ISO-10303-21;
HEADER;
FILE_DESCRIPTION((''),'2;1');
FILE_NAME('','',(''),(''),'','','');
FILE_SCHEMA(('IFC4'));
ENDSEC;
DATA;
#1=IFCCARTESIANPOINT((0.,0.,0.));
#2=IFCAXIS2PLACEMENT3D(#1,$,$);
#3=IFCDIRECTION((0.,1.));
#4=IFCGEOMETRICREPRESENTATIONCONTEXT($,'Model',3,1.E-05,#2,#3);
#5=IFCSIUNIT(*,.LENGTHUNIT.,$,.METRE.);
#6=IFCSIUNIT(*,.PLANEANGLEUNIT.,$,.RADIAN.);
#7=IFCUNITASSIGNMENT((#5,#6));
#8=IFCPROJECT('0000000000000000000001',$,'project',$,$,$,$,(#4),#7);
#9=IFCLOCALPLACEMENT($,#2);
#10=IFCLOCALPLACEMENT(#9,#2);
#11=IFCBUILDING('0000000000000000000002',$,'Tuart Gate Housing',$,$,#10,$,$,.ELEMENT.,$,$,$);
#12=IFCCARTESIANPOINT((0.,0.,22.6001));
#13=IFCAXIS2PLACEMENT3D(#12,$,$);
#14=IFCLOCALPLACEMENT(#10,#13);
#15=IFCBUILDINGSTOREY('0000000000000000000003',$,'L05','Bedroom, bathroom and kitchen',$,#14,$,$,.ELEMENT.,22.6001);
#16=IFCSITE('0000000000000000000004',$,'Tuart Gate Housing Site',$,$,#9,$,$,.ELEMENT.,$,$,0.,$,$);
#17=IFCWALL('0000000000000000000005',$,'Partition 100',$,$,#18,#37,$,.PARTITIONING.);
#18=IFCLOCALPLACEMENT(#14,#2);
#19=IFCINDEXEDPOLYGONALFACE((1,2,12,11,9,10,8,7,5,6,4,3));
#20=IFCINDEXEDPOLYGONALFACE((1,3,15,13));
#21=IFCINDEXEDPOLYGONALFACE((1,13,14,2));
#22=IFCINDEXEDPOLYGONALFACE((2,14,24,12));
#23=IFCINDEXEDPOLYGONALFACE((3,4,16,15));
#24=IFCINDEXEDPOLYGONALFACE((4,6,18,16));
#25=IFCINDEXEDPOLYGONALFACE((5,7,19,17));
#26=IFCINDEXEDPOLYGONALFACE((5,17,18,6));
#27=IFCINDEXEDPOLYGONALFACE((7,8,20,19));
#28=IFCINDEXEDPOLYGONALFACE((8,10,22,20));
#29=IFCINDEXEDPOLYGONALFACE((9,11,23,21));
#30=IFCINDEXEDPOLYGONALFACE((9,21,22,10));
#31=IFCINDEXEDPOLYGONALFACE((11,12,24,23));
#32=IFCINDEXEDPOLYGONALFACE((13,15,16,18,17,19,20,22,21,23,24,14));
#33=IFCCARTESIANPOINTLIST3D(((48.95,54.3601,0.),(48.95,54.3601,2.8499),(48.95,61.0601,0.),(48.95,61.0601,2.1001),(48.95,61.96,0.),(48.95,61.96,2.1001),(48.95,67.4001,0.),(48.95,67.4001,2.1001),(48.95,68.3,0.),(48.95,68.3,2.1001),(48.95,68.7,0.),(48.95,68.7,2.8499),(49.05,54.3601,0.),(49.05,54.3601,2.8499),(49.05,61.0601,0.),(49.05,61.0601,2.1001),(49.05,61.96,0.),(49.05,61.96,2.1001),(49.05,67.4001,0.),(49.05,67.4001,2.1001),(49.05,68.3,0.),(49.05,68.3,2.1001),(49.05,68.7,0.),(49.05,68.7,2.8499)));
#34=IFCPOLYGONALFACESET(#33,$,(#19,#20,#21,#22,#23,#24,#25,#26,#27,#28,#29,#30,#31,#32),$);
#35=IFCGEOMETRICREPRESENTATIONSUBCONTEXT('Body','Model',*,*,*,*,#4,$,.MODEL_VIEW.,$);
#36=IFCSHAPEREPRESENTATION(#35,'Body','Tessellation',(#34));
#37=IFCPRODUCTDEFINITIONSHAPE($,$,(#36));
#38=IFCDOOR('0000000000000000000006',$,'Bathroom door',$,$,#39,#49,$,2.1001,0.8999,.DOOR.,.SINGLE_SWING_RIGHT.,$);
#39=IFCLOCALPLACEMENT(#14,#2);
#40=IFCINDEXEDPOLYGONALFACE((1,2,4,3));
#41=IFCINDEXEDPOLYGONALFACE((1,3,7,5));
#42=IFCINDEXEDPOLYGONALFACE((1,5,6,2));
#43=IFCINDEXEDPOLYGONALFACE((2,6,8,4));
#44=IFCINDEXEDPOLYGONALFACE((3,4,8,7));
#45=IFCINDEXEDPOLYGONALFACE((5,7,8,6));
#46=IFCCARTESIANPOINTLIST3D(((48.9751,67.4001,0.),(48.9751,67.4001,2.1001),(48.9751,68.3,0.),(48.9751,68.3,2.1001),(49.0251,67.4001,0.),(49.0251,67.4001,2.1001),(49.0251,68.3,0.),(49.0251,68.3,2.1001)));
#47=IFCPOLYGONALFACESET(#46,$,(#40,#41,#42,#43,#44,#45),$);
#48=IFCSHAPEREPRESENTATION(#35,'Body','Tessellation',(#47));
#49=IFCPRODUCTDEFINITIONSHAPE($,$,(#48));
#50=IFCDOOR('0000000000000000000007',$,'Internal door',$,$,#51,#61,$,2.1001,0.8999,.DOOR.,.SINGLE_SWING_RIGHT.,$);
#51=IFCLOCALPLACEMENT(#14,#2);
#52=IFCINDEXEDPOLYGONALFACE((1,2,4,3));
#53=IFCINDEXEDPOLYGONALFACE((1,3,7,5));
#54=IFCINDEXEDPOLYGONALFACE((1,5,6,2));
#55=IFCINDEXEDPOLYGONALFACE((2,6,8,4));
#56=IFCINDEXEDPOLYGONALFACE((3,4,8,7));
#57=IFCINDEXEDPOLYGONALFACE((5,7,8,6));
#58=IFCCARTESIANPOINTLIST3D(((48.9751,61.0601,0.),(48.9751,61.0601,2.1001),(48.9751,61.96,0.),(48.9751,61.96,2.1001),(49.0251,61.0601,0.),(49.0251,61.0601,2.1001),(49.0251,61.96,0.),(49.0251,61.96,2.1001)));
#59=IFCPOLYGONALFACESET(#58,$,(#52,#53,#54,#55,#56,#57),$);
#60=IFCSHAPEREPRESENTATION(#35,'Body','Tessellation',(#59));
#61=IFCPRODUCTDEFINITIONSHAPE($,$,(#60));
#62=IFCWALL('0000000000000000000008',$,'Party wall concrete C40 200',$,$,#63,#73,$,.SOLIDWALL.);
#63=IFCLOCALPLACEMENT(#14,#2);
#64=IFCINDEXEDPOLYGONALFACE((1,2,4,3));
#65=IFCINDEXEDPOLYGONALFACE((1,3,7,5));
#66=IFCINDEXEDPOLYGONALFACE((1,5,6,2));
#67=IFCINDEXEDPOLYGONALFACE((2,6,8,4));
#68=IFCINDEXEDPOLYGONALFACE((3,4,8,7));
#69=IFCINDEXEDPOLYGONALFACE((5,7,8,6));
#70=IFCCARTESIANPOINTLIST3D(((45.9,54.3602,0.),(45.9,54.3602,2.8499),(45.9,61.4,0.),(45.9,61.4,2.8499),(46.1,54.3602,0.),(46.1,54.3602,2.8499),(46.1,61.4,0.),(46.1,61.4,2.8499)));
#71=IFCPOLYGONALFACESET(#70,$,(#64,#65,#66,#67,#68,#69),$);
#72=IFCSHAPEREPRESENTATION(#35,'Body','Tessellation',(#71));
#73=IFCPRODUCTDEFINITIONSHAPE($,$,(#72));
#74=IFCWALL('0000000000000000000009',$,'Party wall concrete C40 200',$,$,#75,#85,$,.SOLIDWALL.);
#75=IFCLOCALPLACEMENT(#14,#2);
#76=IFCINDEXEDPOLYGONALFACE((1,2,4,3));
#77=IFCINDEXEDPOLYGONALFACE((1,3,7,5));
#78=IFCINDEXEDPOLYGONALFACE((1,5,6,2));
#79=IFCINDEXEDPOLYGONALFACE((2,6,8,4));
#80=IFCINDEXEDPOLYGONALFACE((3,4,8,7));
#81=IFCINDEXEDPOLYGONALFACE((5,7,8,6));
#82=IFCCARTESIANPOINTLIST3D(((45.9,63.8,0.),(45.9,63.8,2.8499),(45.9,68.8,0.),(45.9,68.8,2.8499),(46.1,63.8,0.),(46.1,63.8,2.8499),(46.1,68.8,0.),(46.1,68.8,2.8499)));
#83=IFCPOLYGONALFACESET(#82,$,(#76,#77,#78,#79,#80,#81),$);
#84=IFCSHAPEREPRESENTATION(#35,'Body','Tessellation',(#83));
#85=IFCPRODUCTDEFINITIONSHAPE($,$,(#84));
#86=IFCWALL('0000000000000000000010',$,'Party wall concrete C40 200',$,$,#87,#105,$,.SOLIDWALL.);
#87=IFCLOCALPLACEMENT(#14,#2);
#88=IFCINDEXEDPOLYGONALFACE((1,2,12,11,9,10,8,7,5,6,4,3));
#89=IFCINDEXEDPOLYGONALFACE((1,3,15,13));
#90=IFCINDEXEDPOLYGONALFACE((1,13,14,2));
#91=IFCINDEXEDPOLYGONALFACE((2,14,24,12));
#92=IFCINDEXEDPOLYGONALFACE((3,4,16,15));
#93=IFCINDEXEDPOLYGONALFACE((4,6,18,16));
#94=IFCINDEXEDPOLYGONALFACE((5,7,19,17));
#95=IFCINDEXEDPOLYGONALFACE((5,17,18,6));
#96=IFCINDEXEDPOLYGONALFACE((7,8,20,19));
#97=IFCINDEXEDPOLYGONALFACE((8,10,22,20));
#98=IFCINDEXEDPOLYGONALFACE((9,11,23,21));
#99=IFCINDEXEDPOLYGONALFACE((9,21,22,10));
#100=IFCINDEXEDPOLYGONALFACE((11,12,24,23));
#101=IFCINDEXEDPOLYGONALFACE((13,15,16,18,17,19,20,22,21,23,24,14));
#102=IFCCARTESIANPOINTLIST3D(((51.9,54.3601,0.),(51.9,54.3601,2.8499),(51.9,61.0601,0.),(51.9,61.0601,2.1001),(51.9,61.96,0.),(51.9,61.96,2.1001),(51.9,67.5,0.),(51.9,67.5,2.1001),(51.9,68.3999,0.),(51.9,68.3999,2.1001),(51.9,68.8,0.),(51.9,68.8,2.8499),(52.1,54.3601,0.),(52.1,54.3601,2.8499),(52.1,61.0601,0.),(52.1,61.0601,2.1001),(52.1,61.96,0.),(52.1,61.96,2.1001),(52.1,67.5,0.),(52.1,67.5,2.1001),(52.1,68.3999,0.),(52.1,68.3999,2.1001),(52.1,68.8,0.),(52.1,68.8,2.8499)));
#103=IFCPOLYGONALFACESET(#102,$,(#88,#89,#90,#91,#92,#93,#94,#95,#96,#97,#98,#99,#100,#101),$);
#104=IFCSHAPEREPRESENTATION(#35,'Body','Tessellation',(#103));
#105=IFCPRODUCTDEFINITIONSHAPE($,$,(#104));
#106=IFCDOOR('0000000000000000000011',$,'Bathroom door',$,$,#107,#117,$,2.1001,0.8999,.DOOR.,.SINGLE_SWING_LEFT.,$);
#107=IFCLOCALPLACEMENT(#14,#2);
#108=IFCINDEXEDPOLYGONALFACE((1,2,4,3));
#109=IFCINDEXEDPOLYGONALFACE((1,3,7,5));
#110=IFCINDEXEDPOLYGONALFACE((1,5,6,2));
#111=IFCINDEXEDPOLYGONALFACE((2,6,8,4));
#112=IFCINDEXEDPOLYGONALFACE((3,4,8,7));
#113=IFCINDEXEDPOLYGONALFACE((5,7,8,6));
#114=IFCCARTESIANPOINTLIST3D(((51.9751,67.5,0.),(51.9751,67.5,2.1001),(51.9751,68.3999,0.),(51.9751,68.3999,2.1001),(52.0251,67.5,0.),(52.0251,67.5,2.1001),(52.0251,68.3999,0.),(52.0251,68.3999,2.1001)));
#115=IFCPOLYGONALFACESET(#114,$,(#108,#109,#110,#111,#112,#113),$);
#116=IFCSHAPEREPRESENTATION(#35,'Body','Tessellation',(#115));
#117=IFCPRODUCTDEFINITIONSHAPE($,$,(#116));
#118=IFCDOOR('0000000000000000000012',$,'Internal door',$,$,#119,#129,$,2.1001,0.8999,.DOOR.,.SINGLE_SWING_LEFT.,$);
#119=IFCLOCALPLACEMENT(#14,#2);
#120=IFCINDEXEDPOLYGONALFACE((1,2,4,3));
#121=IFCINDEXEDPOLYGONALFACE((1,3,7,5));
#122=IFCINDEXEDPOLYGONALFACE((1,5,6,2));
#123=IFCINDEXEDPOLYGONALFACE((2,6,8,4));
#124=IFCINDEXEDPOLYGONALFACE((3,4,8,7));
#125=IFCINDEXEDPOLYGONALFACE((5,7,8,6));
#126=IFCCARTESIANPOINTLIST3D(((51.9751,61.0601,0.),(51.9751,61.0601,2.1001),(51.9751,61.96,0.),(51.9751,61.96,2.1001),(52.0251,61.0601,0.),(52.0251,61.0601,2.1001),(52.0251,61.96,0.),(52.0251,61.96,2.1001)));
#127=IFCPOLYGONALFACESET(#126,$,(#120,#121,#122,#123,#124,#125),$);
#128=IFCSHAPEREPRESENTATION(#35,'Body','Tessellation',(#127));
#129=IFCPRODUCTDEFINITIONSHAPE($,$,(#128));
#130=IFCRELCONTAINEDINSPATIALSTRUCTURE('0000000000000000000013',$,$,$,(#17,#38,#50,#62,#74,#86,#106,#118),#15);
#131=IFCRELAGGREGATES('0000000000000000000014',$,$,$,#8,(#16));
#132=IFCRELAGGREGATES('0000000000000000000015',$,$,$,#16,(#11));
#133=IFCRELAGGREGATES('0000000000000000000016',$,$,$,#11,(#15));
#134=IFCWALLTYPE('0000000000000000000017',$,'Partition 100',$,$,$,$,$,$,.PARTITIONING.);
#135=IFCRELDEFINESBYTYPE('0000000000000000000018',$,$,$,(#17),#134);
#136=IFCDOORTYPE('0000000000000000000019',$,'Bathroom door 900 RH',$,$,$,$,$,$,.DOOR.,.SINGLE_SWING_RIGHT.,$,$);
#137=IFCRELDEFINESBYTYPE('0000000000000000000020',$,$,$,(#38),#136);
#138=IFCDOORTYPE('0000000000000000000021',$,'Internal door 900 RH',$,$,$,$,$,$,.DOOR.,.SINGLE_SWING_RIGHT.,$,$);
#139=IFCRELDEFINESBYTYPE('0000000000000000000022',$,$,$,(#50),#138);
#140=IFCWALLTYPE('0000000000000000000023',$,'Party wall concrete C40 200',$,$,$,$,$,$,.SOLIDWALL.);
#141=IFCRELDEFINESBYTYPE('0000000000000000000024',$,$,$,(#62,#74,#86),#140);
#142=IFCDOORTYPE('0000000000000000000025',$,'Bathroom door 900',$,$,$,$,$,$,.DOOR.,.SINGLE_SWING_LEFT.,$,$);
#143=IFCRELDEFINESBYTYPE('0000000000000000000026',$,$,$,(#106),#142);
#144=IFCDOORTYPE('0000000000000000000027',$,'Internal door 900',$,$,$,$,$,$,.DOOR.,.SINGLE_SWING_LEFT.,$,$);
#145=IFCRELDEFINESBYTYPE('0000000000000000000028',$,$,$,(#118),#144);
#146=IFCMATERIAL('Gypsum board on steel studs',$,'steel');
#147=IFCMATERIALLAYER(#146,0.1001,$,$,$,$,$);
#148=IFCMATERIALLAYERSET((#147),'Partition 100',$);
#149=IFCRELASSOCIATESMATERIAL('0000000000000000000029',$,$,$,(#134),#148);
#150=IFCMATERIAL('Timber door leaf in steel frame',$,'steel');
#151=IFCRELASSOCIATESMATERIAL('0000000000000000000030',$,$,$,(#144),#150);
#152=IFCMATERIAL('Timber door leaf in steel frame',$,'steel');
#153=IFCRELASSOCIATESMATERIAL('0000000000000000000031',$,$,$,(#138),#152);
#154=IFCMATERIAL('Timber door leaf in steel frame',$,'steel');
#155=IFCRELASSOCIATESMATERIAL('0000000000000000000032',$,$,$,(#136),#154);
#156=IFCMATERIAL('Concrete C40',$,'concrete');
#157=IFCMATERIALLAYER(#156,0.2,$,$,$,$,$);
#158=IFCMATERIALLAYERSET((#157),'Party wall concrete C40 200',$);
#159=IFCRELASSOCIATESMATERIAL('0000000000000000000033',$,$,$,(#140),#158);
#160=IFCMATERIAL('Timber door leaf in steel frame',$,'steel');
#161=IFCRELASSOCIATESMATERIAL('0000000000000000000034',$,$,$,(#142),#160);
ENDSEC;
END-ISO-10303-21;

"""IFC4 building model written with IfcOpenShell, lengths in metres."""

from ifc_helpers import new_model, si_unit, direction, frame, frame_2d, origin, place, context, subcontext, project, spatial, rectangle, extrude, material, layer, layer_set, type_object, element, fill, save


model = new_model("IFC4")

# Units and contexts
model_context = context("Model", 3, precision=1e-05, world=origin(), true_north=direction((0.0, 1.0)))
body_context = subcontext(model_context, "Body", "Model", "MODEL_VIEW")
ifc_project = project(units=[si_unit("LENGTHUNIT", "METRE"), si_unit("PLANEANGLEUNIT", "RADIAN")], contexts=[model_context])

# Site, building, storey
site_placement = place(None, origin())
site = spatial("IfcSite", under=ifc_project, at=site_placement, Name="Tuart Gate Housing Site", CompositionType="ELEMENT", RefElevation=0.0)
building_placement = place(site_placement, origin())
building = spatial("IfcBuilding", under=site, at=building_placement, Name="Tuart Gate Housing", CompositionType="ELEMENT")
storey_placement = place(building_placement, frame((0.0, 0.0, 22.6001)))
storey = spatial("IfcBuildingStorey", under=building, at=storey_placement, Name="L05", Description="Bedroom, bathroom and kitchen", CompositionType="ELEMENT", Elevation=22.6001)

# Shared definitions
ifc_material_1 = material(Name="Gypsum board on steel studs", Category="steel")
ifc_layer_1 = layer(ifc_material_1, 0.1001)
ifc_layer_set_1 = layer_set([ifc_layer_1], Name="Partition 100")
wall_type_1 = type_object("IfcWallType", Name="Partition 100", PredefinedType="PARTITIONING", material=ifc_layer_set_1)
ifc_material_2 = material(Name="Timber door leaf in steel frame", Category="steel")
door_type_1 = type_object("IfcDoorType", Name="Internal door 900", OperationType="SINGLE_SWING_LEFT", PredefinedType="DOOR", material=ifc_material_2)
ifc_material_3 = material(Name="Timber door leaf in steel frame", Category="steel")
door_type_2 = type_object("IfcDoorType", Name="Internal door 900 RH", OperationType="SINGLE_SWING_RIGHT", PredefinedType="DOOR", material=ifc_material_3)

# Wall, openings, doors
wall_1_placement = place(storey_placement, frame((49.0, 54.3601, 0.0), z_axis=(0.0, 0.0, 1.0), x_axis=(0.0, 1.0, 0.0)))
wall_1 = element("IfcWall", 1, at=wall_1_placement, inside=storey, type_object=wall_type_1, Name="Partition 100", PredefinedType="PARTITIONING", context=body_context, shape_type="SweptSolid", body=[
    extrude(rectangle(XDim=14.3398, YDim=0.1001, at=frame_2d((7.1699, 0.0))), origin(), (0.0, 0.0, 1.0), 2.8499),
])
opening_1_placement = place(wall_1_placement, frame((6.7, 0.0, 0.0)))
opening_1 = element("IfcOpeningElement", 2, at=opening_1_placement, cuts=wall_1, PredefinedType="OPENING", context=body_context, shape_type="SweptSolid", body=[
    extrude(rectangle(XDim=0.8999, YDim=2.1001, at=frame_2d((0.45, 1.05))), frame((0.0, 0.0601, 0.0), z_axis=(0.0, -1.0, 0.0), x_axis=(1.0, 0.0, 0.0)), (0.0, 0.0, 1.0), 0.1201),
])
opening_2_placement = place(wall_1_placement, frame((13.04, 0.0, 0.0)))
opening_2 = element("IfcOpeningElement", 3, at=opening_2_placement, cuts=wall_1, PredefinedType="OPENING", context=body_context, shape_type="SweptSolid", body=[
    extrude(rectangle(XDim=0.8999, YDim=2.1001, at=frame_2d((0.45, 1.05))), frame((0.0, 0.0601, 0.0), z_axis=(0.0, -1.0, 0.0), x_axis=(1.0, 0.0, 0.0)), (0.0, 0.0, 1.0), 0.1201),
])
ifc_material_4 = material(Name="Timber door leaf in steel frame", Category="steel")
door_type_3 = type_object("IfcDoorType", Name="Bathroom door 900 RH", OperationType="SINGLE_SWING_RIGHT", PredefinedType="DOOR", material=ifc_material_4)
door_1_placement = place(opening_2_placement, origin())
door_1 = element("IfcDoor", 4, at=door_1_placement, inside=storey, type_object=door_type_3, Name="Bathroom door", OperationType="SINGLE_SWING_RIGHT", OverallHeight=2.1001, OverallWidth=0.8999, PredefinedType="DOOR", context=body_context, shape_type="SweptSolid", body=[
    extrude(rectangle(XDim=0.8999, YDim=2.1001, at=frame_2d((0.45, 1.05))), frame((0.0, 0.0249, 0.0), z_axis=(0.0, -1.0, 0.0), x_axis=(1.0, 0.0, 0.0)), (0.0, 0.0, 1.0), 0.05),
])
fill(opening_2, door_1)
door_2_placement = place(opening_1_placement, origin())
door_2 = element("IfcDoor", 5, at=door_2_placement, inside=storey, type_object=door_type_2, Name="Internal door", OperationType="SINGLE_SWING_RIGHT", OverallHeight=2.1001, OverallWidth=0.8999, PredefinedType="DOOR", context=body_context, shape_type="SweptSolid", body=[
    extrude(rectangle(XDim=0.8999, YDim=2.1001, at=frame_2d((0.45, 1.05))), frame((0.0, 0.0249, 0.0), z_axis=(0.0, -1.0, 0.0), x_axis=(1.0, 0.0, 0.0)), (0.0, 0.0, 1.0), 0.05),
])
fill(opening_1, door_2)

# Walls
ifc_material_5 = material(Name="Concrete C40", Category="concrete")
ifc_layer_2 = layer(ifc_material_5, 0.2)
ifc_layer_set_2 = layer_set([ifc_layer_2], Name="Party wall concrete C40 200")
wall_type_2 = type_object("IfcWallType", Name="Party wall concrete C40 200", PredefinedType="SOLIDWALL", material=ifc_layer_set_2)
wall_2_placement = place(storey_placement, frame((46.0, 54.3601, 0.0), z_axis=(0.0, 0.0, 1.0), x_axis=(0.0, 1.0, 0.0)))
element("IfcWall", 6, at=wall_2_placement, inside=storey, type_object=wall_type_2, Name="Party wall concrete C40 200", PredefinedType="SOLIDWALL", context=body_context, shape_type="SweptSolid", body=[
    extrude(rectangle(XDim=7.0398, YDim=0.2, at=frame_2d((3.52, 0.0))), origin(), (0.0, 0.0, 1.0), 2.8499),
])
wall_3_placement = place(storey_placement, frame((46.0, 63.8, 0.0), z_axis=(0.0, 0.0, 1.0), x_axis=(0.0, 1.0, 0.0)))
element("IfcWall", 7, at=wall_3_placement, inside=storey, type_object=wall_type_2, Name="Party wall concrete C40 200", PredefinedType="SOLIDWALL", context=body_context, shape_type="SweptSolid", body=[
    extrude(rectangle(XDim=5.0, YDim=0.2, at=frame_2d((2.5, 0.0))), origin(), (0.0, 0.0, 1.0), 2.8499),
])

# Wall, openings, doors
wall_4_placement = place(storey_placement, frame((52.0, 54.3601, 0.0), z_axis=(0.0, 0.0, 1.0), x_axis=(0.0, 1.0, 0.0)))
wall_4 = element("IfcWall", 8, at=wall_4_placement, inside=storey, type_object=wall_type_2, Name="Party wall concrete C40 200", PredefinedType="SOLIDWALL", context=body_context, shape_type="SweptSolid", body=[
    extrude(rectangle(XDim=14.4399, YDim=0.2, at=frame_2d((7.22, 0.0))), origin(), (0.0, 0.0, 1.0), 2.8499),
])
opening_3_placement = place(wall_4_placement, frame((6.7, 0.0, 0.0)))
opening_3 = element("IfcOpeningElement", 9, at=opening_3_placement, cuts=wall_4, PredefinedType="OPENING", context=body_context, shape_type="SweptSolid", body=[
    extrude(rectangle(XDim=0.8999, YDim=2.1001, at=frame_2d((0.45, 1.05))), frame((0.0, 0.1099, 0.0), z_axis=(0.0, -1.0, 0.0), x_axis=(1.0, 0.0, 0.0)), (0.0, 0.0, 1.0), 0.22),
])
opening_4_placement = place(wall_4_placement, frame((13.1399, 0.0, 0.0)))
opening_4 = element("IfcOpeningElement", 10, at=opening_4_placement, cuts=wall_4, PredefinedType="OPENING", context=body_context, shape_type="SweptSolid", body=[
    extrude(rectangle(XDim=0.8999, YDim=2.1001, at=frame_2d((0.45, 1.05))), frame((0.0, 0.1099, 0.0), z_axis=(0.0, -1.0, 0.0), x_axis=(1.0, 0.0, 0.0)), (0.0, 0.0, 1.0), 0.22),
])
ifc_material_6 = material(Name="Timber door leaf in steel frame", Category="steel")
door_type_4 = type_object("IfcDoorType", Name="Bathroom door 900", OperationType="SINGLE_SWING_LEFT", PredefinedType="DOOR", material=ifc_material_6)
door_3_placement = place(opening_4_placement, frame((0.8999, 0.0, 0.0), z_axis=(0.0, 0.0, 1.0), x_axis=(-1.0, 0.0, 0.0)))
door_3 = element("IfcDoor", 11, at=door_3_placement, inside=storey, type_object=door_type_4, Name="Bathroom door", OperationType="SINGLE_SWING_LEFT", OverallHeight=2.1001, OverallWidth=0.8999, PredefinedType="DOOR", context=body_context, shape_type="SweptSolid", body=[
    extrude(rectangle(XDim=0.8999, YDim=2.1001, at=frame_2d((0.45, 1.05))), frame((0.0, 0.0251, 0.0), z_axis=(0.0, -1.0, 0.0), x_axis=(1.0, 0.0, 0.0)), (0.0, 0.0, 1.0), 0.05),
])
fill(opening_4, door_3)
door_4_placement = place(opening_3_placement, frame((0.8999, 0.0, 0.0), z_axis=(0.0, 0.0, 1.0), x_axis=(-1.0, 0.0, 0.0)))
door_4 = element("IfcDoor", 12, at=door_4_placement, inside=storey, type_object=door_type_1, Name="Internal door", OperationType="SINGLE_SWING_LEFT", OverallHeight=2.1001, OverallWidth=0.8999, PredefinedType="DOOR", context=body_context, shape_type="SweptSolid", body=[
    extrude(rectangle(XDim=0.8999, YDim=2.1001, at=frame_2d((0.45, 1.05))), frame((0.0, 0.0251, 0.0), z_axis=(0.0, -1.0, 0.0), x_axis=(1.0, 0.0, 0.0)), (0.0, 0.0, 1.0), 0.05),
])
fill(opening_3, door_4)

save(model, "model.ifc")
